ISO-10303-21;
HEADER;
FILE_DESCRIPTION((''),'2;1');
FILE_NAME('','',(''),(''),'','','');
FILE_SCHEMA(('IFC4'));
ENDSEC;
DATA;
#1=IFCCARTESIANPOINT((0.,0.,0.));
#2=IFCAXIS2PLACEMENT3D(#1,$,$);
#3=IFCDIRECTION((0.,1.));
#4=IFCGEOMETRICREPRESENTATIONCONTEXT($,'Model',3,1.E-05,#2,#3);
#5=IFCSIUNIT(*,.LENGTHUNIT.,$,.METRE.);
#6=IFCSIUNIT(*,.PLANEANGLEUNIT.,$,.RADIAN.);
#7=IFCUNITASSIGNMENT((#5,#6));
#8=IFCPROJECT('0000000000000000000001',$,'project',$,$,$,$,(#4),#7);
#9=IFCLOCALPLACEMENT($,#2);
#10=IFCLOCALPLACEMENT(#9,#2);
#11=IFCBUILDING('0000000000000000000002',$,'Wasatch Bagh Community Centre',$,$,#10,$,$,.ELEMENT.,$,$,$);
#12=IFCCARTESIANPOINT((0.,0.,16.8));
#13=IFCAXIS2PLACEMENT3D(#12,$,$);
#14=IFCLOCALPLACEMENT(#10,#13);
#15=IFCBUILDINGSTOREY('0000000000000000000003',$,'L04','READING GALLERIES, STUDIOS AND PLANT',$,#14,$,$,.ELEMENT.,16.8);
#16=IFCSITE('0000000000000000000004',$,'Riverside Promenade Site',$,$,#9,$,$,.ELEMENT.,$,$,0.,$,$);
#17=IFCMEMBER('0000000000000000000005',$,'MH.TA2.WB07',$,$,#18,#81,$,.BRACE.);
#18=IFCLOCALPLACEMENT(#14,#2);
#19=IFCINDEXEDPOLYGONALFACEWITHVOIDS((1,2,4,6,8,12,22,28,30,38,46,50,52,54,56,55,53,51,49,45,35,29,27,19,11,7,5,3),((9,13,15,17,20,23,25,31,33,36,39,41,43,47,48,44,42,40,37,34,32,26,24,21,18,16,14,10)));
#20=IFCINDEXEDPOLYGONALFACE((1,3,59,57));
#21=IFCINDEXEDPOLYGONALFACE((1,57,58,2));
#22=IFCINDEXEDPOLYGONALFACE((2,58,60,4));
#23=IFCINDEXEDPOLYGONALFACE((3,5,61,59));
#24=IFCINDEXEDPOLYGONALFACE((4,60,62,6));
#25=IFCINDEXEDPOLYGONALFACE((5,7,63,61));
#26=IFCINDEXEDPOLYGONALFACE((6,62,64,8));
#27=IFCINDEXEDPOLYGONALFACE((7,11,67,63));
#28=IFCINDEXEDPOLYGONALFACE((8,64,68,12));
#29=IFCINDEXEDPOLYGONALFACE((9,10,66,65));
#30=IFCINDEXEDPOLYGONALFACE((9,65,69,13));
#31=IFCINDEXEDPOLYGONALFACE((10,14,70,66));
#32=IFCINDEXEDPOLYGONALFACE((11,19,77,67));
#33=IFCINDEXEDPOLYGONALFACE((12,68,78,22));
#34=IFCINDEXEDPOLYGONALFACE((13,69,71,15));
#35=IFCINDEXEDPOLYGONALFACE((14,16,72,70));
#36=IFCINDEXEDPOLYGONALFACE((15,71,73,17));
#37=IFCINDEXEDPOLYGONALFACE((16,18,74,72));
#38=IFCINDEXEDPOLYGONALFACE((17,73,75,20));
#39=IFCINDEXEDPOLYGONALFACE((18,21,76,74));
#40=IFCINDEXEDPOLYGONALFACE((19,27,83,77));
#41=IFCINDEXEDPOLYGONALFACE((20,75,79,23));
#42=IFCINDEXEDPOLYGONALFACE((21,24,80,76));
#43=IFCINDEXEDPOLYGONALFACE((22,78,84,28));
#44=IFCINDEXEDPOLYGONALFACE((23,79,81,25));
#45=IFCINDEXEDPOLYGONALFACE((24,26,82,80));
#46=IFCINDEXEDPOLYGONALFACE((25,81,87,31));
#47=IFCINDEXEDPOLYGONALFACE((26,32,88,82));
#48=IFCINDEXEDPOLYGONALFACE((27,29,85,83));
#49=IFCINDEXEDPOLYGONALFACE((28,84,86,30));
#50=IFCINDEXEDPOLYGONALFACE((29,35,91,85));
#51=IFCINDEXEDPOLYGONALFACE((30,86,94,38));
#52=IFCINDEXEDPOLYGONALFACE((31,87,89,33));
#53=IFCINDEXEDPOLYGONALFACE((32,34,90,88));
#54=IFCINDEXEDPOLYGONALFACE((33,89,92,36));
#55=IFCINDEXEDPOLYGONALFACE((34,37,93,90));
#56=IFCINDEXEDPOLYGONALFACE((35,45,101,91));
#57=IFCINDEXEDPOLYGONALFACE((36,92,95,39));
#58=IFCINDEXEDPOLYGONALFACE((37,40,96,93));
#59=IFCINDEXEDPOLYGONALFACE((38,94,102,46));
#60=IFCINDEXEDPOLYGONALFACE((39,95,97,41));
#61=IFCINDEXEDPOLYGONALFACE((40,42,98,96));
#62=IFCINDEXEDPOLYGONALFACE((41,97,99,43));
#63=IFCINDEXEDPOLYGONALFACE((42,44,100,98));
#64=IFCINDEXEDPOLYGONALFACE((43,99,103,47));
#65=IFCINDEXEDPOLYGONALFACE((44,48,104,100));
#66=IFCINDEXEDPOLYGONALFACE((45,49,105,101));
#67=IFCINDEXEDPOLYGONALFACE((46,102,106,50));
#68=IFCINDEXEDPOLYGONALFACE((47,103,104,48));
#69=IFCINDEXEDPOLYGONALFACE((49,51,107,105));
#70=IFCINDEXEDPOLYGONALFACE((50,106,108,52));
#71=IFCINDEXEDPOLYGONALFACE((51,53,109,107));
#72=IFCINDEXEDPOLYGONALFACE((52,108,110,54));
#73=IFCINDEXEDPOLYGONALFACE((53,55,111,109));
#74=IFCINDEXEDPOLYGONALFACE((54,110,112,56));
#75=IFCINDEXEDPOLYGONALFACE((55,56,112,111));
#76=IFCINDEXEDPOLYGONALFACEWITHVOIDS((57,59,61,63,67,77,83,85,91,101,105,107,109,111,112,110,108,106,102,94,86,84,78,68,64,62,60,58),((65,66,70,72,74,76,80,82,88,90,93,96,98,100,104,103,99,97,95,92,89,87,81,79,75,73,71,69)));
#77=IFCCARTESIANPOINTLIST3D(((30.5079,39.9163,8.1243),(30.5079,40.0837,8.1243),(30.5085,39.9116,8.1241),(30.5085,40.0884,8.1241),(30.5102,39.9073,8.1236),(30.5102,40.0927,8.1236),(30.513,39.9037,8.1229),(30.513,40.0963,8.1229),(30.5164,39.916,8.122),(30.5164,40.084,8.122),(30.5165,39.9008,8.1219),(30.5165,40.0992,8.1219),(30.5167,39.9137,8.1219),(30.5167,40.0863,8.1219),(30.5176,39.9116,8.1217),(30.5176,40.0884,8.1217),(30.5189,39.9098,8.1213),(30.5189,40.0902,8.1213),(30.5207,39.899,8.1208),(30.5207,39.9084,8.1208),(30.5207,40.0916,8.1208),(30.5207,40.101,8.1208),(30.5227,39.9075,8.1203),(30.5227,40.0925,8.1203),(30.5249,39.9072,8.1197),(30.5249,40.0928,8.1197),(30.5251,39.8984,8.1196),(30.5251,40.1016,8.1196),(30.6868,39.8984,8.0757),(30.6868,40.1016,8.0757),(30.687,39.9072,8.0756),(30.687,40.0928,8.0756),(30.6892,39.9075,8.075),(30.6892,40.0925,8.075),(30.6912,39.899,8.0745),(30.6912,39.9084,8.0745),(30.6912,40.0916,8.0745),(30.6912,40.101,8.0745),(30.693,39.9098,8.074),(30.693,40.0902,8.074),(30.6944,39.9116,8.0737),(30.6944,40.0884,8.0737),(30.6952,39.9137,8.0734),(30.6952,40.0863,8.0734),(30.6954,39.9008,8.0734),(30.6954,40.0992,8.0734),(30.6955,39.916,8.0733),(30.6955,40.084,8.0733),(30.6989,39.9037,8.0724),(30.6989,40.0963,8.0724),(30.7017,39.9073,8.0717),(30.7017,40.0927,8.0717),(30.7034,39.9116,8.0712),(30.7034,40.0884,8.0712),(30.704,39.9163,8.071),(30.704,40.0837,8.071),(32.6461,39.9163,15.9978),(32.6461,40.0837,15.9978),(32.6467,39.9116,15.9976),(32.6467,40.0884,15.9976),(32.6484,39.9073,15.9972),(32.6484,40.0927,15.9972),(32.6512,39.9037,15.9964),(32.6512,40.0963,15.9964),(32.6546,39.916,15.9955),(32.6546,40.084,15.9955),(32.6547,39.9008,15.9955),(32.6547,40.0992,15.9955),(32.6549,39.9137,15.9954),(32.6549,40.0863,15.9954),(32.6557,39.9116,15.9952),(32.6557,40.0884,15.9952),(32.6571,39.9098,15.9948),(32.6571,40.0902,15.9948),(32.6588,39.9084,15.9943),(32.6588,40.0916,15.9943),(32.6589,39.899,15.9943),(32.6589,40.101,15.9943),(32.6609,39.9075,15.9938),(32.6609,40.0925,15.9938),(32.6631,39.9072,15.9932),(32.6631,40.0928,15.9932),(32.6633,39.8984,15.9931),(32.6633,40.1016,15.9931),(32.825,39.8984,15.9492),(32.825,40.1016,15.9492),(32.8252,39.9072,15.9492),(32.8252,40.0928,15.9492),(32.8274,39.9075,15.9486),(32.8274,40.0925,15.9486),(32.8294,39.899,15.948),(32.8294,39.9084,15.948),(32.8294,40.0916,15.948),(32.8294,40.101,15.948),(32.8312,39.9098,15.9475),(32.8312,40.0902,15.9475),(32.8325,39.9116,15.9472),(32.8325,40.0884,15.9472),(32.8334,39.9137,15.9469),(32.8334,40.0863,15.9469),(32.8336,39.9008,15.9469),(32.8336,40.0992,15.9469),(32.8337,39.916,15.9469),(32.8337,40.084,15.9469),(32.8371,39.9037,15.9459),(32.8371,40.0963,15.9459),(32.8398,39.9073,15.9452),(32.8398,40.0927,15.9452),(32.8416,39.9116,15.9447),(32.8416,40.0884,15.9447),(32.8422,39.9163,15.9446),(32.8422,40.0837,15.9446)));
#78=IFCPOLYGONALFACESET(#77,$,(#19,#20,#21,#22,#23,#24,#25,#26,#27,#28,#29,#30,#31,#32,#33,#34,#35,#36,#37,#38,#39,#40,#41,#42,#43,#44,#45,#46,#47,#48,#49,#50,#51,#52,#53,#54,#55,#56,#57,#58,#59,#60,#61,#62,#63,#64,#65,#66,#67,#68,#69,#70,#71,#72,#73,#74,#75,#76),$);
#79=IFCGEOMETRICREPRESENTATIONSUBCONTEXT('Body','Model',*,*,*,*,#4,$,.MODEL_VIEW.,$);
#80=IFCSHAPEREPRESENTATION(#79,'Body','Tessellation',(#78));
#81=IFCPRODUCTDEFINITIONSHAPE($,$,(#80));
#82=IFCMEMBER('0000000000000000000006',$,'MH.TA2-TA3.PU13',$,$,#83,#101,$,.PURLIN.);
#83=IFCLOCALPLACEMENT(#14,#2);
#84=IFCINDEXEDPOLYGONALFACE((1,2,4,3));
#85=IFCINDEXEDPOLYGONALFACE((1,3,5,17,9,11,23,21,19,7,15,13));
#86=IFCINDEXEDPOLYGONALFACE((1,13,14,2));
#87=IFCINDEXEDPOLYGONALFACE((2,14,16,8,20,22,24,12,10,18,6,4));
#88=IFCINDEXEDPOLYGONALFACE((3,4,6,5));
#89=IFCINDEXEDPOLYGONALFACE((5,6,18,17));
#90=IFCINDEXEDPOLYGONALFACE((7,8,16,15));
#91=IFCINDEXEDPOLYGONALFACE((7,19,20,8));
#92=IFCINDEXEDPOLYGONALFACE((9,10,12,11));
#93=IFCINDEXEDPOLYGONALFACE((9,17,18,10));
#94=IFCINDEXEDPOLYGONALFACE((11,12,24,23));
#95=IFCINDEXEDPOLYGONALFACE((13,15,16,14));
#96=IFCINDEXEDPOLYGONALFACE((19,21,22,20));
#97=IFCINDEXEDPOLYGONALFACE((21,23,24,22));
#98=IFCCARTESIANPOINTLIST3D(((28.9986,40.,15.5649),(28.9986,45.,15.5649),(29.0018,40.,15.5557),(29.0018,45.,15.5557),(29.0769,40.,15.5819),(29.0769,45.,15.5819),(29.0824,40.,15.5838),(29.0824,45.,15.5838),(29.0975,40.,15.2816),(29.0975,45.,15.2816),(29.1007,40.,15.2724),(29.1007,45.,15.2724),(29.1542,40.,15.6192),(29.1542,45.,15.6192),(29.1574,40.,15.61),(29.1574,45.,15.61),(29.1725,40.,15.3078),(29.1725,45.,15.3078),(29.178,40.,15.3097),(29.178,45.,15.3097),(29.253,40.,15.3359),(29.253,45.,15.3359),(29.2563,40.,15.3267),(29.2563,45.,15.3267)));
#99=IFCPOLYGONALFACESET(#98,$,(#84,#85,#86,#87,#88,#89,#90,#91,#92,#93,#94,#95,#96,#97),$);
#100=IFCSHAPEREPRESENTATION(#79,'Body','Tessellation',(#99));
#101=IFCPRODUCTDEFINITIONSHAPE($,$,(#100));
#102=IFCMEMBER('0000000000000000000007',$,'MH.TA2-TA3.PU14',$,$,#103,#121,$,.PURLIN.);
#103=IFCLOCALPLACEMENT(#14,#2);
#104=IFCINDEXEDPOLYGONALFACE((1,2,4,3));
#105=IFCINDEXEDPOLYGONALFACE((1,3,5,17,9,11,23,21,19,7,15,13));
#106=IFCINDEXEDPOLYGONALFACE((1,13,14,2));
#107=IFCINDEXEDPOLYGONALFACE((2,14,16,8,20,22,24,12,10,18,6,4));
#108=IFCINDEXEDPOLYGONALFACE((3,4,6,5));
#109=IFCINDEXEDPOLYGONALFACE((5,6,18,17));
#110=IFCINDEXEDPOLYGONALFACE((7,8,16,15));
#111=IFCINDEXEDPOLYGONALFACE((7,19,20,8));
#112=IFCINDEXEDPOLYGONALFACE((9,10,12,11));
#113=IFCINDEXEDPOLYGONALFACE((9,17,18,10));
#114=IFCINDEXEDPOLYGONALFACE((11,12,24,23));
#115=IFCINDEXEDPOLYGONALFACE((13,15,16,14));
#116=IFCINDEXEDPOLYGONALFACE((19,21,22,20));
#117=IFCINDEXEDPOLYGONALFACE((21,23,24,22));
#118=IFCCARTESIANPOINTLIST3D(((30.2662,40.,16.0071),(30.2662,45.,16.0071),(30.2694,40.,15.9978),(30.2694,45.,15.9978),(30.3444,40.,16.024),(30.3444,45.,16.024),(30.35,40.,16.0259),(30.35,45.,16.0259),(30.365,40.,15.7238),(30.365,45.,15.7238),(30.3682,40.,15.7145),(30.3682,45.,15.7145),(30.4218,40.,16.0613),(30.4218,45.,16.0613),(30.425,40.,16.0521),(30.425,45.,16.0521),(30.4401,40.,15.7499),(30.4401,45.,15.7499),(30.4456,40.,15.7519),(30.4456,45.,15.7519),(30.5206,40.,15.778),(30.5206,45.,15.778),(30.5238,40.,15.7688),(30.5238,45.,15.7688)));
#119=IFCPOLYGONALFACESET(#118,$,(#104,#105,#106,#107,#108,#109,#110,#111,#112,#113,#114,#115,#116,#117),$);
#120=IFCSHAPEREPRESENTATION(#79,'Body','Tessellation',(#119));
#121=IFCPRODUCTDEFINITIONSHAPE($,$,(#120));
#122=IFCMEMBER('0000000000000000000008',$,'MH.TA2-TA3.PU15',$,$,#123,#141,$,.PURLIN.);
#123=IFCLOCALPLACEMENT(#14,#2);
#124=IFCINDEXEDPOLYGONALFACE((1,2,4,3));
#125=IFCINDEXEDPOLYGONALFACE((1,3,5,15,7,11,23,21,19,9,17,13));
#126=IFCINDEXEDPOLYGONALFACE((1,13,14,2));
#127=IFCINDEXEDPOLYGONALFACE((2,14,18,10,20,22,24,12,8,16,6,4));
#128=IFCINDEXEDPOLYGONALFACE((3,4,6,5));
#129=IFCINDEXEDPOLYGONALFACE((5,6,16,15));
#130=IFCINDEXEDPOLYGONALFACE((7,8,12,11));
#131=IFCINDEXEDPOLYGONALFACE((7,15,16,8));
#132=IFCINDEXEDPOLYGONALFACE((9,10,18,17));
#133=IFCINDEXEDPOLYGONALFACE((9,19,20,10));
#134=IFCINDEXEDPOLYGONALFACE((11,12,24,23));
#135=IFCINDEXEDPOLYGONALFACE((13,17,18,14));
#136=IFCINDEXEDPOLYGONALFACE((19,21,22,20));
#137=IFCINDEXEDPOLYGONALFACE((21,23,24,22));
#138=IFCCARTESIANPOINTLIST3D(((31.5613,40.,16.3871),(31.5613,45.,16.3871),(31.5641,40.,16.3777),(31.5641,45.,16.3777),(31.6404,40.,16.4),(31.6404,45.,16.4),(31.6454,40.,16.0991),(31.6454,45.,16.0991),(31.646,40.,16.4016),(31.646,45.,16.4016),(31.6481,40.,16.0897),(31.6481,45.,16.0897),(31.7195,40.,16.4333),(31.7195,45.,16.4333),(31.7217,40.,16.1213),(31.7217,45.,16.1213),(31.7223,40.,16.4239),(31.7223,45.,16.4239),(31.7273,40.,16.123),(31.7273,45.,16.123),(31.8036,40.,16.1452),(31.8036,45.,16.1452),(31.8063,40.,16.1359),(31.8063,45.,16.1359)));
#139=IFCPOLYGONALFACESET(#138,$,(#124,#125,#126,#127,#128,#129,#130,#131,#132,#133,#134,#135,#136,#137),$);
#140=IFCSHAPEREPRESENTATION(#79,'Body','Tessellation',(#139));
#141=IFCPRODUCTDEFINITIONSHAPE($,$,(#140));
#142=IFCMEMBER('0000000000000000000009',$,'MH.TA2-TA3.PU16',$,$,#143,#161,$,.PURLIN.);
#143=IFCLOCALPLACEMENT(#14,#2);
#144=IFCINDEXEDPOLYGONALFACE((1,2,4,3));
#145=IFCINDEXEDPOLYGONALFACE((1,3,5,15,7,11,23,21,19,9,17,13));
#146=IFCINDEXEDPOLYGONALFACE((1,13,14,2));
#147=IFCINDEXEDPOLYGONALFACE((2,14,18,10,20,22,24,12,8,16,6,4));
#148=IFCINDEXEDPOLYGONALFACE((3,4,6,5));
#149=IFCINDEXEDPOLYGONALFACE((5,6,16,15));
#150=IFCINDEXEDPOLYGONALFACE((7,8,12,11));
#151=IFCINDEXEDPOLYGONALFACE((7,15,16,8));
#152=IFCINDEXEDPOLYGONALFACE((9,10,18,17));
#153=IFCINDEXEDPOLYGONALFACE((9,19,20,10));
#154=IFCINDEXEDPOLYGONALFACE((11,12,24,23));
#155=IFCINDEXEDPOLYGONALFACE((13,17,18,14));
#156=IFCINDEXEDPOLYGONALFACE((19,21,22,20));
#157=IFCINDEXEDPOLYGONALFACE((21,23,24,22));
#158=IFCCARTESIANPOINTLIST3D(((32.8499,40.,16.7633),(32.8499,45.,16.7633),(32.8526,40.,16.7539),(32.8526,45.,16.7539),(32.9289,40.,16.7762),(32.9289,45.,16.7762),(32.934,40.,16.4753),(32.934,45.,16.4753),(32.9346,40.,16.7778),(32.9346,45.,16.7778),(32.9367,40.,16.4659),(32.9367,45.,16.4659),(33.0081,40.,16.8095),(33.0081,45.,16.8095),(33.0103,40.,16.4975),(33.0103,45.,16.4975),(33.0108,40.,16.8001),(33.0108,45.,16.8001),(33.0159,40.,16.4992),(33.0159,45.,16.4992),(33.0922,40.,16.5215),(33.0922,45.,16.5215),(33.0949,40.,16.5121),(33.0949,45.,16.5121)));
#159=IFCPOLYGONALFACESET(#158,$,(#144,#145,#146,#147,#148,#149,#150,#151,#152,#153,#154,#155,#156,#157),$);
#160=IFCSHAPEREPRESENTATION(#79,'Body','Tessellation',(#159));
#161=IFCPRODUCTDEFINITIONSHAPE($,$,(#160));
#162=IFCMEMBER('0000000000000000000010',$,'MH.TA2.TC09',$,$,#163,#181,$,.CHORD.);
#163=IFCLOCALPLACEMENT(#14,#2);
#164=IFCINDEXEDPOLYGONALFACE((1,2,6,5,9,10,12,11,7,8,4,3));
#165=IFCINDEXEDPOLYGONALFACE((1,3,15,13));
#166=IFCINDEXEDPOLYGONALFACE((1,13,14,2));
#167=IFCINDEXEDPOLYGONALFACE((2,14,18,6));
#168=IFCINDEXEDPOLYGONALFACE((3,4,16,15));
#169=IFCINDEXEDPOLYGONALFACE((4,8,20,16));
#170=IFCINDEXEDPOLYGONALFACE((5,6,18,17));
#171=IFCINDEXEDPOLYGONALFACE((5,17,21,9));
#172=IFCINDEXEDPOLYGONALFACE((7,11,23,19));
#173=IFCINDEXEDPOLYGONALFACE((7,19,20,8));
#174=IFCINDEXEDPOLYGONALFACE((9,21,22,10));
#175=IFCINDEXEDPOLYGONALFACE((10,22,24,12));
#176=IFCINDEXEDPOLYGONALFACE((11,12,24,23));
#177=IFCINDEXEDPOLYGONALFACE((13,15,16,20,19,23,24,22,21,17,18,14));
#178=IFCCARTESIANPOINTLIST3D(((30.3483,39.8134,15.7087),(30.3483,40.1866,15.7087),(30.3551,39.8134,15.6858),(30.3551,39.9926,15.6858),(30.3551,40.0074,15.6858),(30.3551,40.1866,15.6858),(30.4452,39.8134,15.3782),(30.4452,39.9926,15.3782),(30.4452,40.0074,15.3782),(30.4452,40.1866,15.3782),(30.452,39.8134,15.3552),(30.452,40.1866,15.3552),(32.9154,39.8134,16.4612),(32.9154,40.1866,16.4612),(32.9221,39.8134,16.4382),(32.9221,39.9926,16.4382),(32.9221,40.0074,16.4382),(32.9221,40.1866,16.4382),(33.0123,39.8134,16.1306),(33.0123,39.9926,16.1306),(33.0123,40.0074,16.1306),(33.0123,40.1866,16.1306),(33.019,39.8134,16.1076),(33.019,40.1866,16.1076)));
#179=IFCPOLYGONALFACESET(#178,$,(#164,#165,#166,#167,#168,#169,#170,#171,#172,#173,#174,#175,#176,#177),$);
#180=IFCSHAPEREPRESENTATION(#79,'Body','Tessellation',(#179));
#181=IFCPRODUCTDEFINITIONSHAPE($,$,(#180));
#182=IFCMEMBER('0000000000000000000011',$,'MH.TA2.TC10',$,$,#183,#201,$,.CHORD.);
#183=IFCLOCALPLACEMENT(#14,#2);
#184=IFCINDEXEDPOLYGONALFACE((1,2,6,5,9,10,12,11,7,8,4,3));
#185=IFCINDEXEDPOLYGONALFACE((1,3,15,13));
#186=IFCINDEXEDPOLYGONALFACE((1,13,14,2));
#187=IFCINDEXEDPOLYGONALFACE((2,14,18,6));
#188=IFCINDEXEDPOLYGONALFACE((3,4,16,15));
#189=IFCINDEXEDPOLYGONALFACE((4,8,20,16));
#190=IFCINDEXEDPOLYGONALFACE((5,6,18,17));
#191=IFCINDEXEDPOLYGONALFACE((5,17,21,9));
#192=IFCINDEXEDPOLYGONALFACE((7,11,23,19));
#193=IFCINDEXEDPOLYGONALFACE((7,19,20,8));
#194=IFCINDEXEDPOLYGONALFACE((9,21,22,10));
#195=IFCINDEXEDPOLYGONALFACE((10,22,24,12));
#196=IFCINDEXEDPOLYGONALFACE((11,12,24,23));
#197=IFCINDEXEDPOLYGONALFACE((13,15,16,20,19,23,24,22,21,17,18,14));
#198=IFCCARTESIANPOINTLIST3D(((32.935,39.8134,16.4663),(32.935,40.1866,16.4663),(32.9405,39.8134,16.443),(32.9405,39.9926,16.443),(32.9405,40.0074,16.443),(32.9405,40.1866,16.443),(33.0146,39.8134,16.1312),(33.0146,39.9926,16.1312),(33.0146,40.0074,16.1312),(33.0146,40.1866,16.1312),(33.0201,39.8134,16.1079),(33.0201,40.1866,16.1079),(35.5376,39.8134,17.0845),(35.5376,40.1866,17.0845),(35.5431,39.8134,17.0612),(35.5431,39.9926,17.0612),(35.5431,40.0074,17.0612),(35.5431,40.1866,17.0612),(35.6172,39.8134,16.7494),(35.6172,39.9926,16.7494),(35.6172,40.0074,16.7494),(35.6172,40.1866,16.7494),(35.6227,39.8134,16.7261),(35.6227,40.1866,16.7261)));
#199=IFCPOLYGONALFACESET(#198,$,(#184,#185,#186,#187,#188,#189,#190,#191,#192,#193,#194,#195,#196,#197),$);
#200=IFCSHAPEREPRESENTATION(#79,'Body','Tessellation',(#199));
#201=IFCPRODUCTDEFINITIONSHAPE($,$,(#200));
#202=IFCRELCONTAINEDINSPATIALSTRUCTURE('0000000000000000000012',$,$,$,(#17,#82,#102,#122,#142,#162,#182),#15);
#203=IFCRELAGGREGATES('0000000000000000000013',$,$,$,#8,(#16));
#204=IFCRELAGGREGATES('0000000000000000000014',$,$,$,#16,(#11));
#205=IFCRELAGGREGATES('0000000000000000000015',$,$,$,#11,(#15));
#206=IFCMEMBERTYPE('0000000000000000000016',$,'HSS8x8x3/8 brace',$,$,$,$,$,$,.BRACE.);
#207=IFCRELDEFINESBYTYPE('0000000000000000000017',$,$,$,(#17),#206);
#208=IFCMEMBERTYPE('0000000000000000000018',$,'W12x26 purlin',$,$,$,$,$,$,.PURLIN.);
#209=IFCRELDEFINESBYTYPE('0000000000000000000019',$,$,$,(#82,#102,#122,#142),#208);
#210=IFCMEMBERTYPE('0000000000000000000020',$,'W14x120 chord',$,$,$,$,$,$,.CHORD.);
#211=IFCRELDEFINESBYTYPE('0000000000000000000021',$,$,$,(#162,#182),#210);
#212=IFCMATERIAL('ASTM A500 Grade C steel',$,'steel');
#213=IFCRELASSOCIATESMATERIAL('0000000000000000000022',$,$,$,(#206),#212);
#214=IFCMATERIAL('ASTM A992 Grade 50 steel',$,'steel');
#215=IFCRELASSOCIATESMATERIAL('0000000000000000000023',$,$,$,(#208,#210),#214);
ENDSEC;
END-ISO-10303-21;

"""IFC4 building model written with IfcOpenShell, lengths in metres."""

from ifc_helpers import new_model, si_unit, direction, frame, origin, origin_2d, place, context, subcontext, project, spatial, hollow_rectangle, i_section, extrude, material, material_profile, profile_set, type_object, element, save


model = new_model("IFC4")

# Units and contexts
model_context = context("Model", 3, precision=1e-05, world=origin(), true_north=direction((0.0, 1.0)))
body_context = subcontext(model_context, "Body", "Model", "MODEL_VIEW")
ifc_project = project(units=[si_unit("LENGTHUNIT", "METRE"), si_unit("PLANEANGLEUNIT", "RADIAN")], contexts=[model_context])

# Site, building, storey
site_placement = place(None, origin())
site = spatial("IfcSite", under=ifc_project, at=site_placement, Name="Riverside Promenade Site", CompositionType="ELEMENT", RefElevation=0.0)
building_placement = place(site_placement, origin())
building = spatial("IfcBuilding", under=site, at=building_placement, Name="Wasatch Bagh Community Centre", CompositionType="ELEMENT")
storey_placement = place(building_placement, frame((0.0, 0.0, 16.8)))
storey = spatial("IfcBuildingStorey", under=building, at=storey_placement, Name="L04", Description="READING GALLERIES, STUDIOS AND PLANT", CompositionType="ELEMENT", Elevation=16.8)

# Members
ifc_material_1 = material(Name="ASTM A500 Grade C steel", Category="steel")
ifc_material_profile_1 = material_profile(ifc_material_1, hollow_rectangle(XDim=0.2031, YDim=0.2031, WallThickness=0.0088, InnerFilletRadius=0.0088, OuterFilletRadius=0.0178, at=origin_2d()), Name="HSS8x8x3/8")
ifc_profile_set_1 = profile_set([ifc_material_profile_1], Name="ASTM A500 Grade C steel")
member_type_1 = type_object("IfcMemberType", Name="HSS8x8x3/8 brace", PredefinedType="BRACE", material=ifc_profile_set_1)
member_1_placement = place(storey_placement, frame((30.606, 40.0, 8.0977), z_axis=(0.262074, 0.0, 0.965048), x_axis=(0.0, 1.0, 0.0)))
element("IfcMember", 1, at=member_1_placement, inside=storey, type_object=member_type_1, Name="MH.TA2.WB07", PredefinedType="BRACE", context=body_context, shape_type="SweptSolid", body=[
    extrude(hollow_rectangle(XDim=0.2031, YDim=0.2031, WallThickness=0.0088, InnerFilletRadius=0.0088, OuterFilletRadius=0.0178, at=origin_2d()), origin(), (0.0, 0.0, 1.0), 8.1587),
])
ifc_material_2 = material(Name="ASTM A992 Grade 50 steel", Category="steel")
ifc_material_profile_2 = material_profile(ifc_material_2, i_section(OverallWidth=0.1648, OverallDepth=0.3098, WebThickness=0.0059, FlangeThickness=0.0098, at=origin_2d()), Name="W12x26")
ifc_profile_set_2 = profile_set([ifc_material_profile_2], Name="ASTM A992 Grade 50 steel")
member_type_2 = type_object("IfcMemberType", Name="W12x26 purlin", PredefinedType="PURLIN", material=ifc_profile_set_2)
for number, where, z_axis, x_axis, name in (
    (2, (29.1274, 40.0, 15.4458), (0.0, 1.0, 0.0), (-0.944194, 0.0, -0.329389), "MH.TA2-TA3.PU13"),
    (3, (30.395, 40.0, 15.8879), (0.0, 1.0, 0.0), (-0.944194, 0.0, -0.329389), "MH.TA2-TA3.PU14"),
    (4, (31.6838, 40.0, 16.2615), (0.0, 1.0, 0.0), (-0.959938, 0.0, -0.280214), "MH.TA2-TA3.PU15"),
    (5, (32.9724, 40.0, 16.6377), (0.0, 1.0, 0.0), (-0.959938, 0.0, -0.280214), "MH.TA2-TA3.PU16"),
):
    element("IfcMember", number, at=place(storey_placement, frame(where, z_axis=z_axis, x_axis=x_axis)), inside=storey, type_object=member_type_2, Name=name, PredefinedType="PURLIN", context=body_context, shape_type="SweptSolid", body=[
        extrude(i_section(OverallWidth=0.1648, OverallDepth=0.3098, WebThickness=0.0059, FlangeThickness=0.0098, at=origin_2d()), origin(), (0.0, 0.0, 1.0), 5.0),
    ])
ifc_material_profile_3 = material_profile(ifc_material_2, i_section(OverallWidth=0.3733, OverallDepth=0.3684, WebThickness=0.0149, FlangeThickness=0.0239, at=origin_2d()), Name="W14x120")
ifc_profile_set_3 = profile_set([ifc_material_profile_3], Name="ASTM A992 Grade 50 steel")
member_type_3 = type_object("IfcMemberType", Name="W14x120 chord", PredefinedType="CHORD", material=ifc_profile_set_3)
for number, where, z_axis, x_axis, name in (
    (6, (30.4001, 40.0, 15.532), (0.959628, 0.0, 0.281272), (0.0, 1.0, 0.0), "MH.TA2.TC09"),
    (7, (32.9775, 40.0, 16.2871), (0.972931, 0.0, 0.231094), (0.0, 1.0, 0.0), "MH.TA2.TC10"),
):
    element("IfcMember", number, at=place(storey_placement, frame(where, z_axis=z_axis, x_axis=x_axis)), inside=storey, type_object=member_type_3, Name=name, PredefinedType="CHORD", context=body_context, shape_type="SweptSolid", body=[
        extrude(i_section(OverallWidth=0.3733, OverallDepth=0.3684, WebThickness=0.0149, FlangeThickness=0.0239, at=origin_2d()), origin(), (0.0, 0.0, 1.0), 2.675),
    ])

save(model, "model.ifc")
